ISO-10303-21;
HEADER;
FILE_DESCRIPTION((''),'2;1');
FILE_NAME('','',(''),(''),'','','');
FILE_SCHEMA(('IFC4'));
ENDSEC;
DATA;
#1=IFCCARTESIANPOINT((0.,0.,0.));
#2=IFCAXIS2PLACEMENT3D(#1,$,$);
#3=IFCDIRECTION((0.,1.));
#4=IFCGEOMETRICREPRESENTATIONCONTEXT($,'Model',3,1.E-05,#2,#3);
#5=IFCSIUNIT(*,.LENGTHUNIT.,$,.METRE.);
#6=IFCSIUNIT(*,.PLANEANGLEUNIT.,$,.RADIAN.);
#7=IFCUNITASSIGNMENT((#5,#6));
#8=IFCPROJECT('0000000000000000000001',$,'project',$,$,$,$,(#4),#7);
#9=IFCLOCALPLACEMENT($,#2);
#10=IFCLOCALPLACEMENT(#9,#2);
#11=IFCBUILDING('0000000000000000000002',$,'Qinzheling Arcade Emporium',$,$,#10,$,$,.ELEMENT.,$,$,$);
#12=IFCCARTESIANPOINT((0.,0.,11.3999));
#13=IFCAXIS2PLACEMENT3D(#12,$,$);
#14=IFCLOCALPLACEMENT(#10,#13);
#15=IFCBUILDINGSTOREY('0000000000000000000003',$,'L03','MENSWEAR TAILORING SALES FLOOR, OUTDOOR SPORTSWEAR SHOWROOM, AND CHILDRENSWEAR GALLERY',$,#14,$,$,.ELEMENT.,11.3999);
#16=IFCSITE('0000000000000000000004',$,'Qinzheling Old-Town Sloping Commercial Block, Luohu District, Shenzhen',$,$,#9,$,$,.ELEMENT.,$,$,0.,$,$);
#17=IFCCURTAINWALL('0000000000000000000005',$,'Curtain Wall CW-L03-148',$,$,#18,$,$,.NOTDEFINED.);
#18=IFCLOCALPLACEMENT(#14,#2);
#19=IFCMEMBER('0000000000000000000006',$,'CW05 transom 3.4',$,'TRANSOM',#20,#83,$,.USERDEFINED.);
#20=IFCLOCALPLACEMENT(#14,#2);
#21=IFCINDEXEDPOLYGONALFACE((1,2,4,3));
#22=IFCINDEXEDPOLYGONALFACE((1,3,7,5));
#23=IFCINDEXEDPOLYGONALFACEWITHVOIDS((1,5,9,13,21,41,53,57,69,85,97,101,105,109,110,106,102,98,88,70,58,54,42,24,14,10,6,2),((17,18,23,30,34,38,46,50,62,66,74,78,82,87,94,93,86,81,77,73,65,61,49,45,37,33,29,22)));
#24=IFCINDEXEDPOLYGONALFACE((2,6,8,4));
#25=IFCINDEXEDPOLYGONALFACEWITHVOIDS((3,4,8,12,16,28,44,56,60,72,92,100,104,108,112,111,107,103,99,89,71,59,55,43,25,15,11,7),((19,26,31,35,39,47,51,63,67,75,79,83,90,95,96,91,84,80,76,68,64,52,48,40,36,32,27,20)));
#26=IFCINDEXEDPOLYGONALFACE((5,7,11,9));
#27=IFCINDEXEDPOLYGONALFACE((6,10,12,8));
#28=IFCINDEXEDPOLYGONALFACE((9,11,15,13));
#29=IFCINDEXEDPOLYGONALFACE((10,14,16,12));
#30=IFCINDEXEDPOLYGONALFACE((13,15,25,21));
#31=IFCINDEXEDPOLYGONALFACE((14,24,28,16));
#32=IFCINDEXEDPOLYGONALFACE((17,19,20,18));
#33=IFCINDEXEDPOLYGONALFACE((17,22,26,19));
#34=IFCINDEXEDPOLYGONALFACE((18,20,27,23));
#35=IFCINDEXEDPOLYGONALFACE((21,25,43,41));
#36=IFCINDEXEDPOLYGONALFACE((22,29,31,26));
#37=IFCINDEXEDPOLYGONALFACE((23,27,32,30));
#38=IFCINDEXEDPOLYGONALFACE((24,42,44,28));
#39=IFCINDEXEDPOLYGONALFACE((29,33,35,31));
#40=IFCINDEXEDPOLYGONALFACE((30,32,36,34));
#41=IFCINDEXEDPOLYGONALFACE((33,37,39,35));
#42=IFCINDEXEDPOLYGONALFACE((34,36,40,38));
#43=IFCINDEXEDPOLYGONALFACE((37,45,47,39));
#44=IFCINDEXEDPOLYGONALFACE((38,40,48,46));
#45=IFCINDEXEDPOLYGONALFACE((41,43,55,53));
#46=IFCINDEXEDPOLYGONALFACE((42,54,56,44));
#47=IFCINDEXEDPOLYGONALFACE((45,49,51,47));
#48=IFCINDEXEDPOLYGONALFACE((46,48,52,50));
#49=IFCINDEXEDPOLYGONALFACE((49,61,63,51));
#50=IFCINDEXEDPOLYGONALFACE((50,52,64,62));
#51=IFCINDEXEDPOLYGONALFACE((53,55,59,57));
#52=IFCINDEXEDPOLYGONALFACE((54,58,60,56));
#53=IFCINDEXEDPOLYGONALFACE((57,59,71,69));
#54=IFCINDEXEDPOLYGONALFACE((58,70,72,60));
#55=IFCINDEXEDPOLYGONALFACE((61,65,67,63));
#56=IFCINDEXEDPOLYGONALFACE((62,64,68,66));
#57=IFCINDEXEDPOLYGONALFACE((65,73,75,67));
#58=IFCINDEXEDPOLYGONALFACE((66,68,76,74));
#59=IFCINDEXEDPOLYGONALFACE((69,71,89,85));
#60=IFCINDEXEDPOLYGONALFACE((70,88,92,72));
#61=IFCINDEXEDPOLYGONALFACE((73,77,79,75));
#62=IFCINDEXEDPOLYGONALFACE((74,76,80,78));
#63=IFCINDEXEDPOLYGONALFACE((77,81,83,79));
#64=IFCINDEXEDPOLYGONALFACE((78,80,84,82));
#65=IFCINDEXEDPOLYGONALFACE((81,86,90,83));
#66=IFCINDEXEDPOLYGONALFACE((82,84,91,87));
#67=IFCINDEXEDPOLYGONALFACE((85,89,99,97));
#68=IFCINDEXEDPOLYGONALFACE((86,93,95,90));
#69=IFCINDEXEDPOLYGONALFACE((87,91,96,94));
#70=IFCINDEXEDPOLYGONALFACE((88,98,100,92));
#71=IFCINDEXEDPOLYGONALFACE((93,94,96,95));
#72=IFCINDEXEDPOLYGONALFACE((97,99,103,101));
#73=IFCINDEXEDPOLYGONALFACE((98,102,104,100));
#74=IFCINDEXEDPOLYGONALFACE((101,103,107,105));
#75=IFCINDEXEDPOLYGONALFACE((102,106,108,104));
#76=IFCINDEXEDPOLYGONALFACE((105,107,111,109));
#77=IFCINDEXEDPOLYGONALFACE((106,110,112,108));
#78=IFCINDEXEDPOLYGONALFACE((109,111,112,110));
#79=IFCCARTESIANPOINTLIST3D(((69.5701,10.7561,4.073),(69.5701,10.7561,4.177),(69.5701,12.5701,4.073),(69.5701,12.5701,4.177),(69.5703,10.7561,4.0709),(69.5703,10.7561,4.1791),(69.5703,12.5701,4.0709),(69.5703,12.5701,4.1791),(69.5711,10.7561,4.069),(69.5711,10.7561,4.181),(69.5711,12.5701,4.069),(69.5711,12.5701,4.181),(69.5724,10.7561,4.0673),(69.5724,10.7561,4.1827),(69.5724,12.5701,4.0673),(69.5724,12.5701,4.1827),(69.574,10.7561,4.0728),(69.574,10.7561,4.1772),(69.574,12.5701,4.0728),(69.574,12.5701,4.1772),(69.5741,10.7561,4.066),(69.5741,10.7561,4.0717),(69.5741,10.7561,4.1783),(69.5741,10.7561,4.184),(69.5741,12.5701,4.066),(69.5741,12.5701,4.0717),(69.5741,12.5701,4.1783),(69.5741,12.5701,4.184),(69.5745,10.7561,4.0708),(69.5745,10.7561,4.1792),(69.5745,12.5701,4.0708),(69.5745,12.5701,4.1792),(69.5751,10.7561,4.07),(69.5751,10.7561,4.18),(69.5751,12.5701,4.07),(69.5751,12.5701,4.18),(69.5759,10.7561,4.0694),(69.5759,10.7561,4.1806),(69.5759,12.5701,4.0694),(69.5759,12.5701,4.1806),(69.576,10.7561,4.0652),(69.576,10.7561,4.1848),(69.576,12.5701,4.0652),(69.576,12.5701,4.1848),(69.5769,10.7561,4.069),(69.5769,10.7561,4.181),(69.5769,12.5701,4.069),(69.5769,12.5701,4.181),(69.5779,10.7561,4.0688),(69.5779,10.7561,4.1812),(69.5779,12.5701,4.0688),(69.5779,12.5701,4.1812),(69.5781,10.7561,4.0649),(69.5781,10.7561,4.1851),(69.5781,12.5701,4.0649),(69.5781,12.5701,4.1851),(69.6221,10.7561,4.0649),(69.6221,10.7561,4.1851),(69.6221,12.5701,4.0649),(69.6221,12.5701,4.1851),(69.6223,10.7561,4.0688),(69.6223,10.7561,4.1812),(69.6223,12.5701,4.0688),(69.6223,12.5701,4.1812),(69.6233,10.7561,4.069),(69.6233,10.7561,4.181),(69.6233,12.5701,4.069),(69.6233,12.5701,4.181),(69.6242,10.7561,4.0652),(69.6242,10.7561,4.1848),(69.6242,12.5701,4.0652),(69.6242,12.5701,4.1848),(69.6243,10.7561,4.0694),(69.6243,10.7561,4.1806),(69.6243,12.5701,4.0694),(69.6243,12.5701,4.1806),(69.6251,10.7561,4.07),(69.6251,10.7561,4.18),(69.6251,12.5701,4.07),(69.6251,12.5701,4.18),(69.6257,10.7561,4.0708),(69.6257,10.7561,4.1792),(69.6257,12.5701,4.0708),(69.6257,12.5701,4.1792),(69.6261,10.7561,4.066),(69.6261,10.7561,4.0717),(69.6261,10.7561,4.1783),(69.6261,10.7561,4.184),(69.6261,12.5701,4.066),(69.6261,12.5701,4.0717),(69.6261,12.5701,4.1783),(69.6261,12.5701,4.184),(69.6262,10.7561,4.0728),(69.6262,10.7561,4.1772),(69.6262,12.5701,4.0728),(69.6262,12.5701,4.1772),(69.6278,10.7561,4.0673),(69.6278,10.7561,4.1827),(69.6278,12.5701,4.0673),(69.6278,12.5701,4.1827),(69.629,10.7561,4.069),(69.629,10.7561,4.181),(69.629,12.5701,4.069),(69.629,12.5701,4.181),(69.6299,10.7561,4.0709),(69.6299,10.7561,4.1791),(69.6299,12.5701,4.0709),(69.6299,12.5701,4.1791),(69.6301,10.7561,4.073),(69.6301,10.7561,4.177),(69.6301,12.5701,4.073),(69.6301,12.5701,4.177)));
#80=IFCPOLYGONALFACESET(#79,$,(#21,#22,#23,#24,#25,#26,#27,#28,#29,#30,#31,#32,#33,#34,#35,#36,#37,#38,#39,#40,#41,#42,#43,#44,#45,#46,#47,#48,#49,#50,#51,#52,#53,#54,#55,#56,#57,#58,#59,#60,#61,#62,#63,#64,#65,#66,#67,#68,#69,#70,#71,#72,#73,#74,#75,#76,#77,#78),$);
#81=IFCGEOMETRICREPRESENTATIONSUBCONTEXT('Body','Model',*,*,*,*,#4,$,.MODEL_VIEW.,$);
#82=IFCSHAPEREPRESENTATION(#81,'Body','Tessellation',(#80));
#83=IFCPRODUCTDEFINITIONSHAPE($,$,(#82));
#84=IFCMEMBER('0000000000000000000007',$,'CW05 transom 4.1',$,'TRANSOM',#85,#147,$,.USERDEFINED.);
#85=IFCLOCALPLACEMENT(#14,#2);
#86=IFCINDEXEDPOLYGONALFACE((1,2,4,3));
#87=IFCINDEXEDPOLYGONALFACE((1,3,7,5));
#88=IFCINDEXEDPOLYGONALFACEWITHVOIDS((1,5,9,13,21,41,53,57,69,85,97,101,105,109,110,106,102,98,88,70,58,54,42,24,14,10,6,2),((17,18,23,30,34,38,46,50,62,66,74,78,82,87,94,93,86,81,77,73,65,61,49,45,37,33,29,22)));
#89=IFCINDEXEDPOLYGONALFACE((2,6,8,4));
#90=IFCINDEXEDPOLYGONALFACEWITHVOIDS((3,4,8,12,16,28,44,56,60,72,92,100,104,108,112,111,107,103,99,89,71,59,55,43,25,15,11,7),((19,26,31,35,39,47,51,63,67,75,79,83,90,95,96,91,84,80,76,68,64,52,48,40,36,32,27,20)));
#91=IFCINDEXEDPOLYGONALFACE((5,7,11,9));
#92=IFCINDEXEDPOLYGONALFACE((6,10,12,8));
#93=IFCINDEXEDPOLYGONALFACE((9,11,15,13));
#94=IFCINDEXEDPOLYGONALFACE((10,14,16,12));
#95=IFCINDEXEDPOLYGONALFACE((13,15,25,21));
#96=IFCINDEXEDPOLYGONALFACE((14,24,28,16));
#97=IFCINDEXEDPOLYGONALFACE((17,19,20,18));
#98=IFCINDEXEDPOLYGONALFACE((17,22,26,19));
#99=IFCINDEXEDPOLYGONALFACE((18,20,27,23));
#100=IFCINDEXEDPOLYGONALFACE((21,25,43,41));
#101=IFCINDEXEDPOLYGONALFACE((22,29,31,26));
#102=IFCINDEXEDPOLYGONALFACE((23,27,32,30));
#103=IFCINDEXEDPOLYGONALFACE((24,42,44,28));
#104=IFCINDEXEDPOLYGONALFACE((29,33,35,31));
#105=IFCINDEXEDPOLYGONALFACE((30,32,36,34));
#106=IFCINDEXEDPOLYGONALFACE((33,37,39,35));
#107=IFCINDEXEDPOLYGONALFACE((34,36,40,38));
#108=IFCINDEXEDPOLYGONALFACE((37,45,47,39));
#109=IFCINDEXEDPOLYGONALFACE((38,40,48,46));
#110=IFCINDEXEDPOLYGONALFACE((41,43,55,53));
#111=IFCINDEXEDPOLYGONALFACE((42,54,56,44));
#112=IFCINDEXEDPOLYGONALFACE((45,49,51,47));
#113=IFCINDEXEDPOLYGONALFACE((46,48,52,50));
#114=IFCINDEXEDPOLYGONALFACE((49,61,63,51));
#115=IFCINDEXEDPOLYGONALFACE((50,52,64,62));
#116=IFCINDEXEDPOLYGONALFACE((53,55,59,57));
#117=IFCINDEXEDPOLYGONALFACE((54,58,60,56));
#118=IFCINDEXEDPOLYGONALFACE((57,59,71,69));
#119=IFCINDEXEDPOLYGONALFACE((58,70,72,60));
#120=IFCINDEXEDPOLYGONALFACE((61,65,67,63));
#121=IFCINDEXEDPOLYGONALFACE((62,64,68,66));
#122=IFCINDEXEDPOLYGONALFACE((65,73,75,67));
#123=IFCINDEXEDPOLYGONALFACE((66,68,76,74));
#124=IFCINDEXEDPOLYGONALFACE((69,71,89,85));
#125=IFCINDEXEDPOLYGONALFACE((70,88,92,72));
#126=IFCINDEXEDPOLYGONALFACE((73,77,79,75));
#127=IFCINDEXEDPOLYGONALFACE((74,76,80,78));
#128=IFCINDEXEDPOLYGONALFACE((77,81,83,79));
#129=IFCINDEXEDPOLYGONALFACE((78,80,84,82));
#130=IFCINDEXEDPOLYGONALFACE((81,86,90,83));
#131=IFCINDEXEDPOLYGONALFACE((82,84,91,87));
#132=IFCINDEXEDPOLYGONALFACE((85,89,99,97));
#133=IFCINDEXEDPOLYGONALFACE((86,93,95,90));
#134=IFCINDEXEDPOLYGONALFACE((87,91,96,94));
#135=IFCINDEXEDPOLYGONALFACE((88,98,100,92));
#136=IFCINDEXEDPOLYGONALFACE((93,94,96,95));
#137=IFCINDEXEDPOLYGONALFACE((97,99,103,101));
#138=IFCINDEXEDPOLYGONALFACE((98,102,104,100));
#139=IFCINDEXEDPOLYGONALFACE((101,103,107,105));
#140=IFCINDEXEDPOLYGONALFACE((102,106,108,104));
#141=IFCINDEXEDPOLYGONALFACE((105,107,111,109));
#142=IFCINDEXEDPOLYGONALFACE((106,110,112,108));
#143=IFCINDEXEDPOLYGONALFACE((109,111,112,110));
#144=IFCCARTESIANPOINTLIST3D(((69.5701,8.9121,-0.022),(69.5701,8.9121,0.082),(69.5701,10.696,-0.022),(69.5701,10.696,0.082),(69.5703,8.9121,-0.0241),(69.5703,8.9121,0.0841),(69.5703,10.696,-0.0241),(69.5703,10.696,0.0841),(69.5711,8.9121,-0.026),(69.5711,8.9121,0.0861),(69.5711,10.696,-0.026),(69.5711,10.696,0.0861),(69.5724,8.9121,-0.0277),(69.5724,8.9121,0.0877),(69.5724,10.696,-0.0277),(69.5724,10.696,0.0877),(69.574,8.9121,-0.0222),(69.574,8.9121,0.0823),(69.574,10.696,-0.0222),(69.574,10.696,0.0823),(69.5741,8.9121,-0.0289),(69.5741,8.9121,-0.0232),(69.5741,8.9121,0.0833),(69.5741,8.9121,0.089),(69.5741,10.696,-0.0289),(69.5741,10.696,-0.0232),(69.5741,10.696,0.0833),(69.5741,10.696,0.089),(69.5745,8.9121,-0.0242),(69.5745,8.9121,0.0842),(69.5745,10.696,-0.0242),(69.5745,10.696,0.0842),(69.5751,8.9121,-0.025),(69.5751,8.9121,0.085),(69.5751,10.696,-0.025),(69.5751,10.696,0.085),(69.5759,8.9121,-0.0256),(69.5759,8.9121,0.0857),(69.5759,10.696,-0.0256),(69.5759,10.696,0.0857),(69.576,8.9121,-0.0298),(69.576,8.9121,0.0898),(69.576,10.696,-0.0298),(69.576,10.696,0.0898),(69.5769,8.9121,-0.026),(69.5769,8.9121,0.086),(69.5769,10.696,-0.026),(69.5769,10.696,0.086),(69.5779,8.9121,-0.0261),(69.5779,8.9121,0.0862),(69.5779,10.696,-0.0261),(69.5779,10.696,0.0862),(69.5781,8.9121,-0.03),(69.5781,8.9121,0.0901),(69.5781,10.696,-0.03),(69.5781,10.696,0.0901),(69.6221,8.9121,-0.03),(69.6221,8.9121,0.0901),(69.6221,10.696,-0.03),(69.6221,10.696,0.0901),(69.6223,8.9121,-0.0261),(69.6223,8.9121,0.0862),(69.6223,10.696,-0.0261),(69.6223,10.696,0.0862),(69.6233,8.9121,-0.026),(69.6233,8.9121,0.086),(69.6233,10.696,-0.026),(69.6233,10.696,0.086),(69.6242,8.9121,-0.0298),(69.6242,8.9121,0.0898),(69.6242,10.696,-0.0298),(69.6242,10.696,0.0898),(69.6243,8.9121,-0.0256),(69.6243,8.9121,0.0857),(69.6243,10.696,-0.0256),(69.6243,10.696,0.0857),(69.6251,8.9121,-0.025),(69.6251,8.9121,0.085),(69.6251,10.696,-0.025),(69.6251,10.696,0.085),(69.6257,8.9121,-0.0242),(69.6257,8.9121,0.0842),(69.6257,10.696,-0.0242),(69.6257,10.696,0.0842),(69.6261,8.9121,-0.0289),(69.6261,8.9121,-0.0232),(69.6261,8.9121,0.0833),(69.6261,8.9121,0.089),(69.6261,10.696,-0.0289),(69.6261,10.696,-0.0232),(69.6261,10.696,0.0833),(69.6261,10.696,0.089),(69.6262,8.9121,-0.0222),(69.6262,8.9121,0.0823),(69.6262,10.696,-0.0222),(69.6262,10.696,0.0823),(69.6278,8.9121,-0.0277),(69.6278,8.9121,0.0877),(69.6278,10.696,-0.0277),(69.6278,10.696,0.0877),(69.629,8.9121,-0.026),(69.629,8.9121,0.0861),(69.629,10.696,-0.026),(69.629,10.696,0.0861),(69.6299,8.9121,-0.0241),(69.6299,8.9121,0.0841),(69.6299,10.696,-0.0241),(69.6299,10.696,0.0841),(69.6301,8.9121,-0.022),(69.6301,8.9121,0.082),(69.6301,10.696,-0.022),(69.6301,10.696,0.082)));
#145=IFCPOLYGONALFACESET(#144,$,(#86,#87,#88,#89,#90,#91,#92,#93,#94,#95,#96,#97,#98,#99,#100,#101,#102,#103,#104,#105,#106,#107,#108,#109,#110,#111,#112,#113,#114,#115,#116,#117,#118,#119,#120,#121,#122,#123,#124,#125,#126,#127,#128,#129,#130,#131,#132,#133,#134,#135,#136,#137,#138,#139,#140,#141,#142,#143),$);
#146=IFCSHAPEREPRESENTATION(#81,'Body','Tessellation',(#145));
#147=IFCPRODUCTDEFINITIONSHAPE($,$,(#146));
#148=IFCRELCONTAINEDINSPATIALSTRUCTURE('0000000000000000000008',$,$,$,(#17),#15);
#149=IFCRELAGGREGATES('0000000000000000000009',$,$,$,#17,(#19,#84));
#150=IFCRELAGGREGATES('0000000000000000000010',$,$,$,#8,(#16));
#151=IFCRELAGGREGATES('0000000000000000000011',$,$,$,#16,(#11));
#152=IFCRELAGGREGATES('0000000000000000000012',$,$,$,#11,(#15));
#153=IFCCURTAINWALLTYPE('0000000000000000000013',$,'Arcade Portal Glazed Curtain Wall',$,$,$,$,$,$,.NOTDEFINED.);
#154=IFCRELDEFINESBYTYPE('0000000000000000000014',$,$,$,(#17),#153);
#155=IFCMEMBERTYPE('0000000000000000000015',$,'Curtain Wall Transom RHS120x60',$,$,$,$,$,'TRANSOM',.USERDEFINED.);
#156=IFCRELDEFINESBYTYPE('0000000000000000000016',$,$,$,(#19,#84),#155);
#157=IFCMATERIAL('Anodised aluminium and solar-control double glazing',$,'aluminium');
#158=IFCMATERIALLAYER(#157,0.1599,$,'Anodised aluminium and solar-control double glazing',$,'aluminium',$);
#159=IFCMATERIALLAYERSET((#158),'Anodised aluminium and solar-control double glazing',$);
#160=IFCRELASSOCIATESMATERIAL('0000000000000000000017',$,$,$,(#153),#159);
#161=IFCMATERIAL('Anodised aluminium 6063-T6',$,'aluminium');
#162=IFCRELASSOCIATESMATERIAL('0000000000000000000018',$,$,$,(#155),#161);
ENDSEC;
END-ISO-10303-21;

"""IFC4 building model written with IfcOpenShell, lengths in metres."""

from ifc_helpers import new_model, si_unit, direction, frame, origin, origin_2d, place, context, subcontext, project, spatial, hollow_rectangle, extrude, material, layer, layer_set, material_profile, profile_set, type_object, element, aggregate, save


model = new_model("IFC4")

# Units and contexts
model_context = context("Model", 3, precision=1e-05, world=origin(), true_north=direction((0.0, 1.0)))
body_context = subcontext(model_context, "Body", "Model", "MODEL_VIEW")
ifc_project = project(units=[si_unit("LENGTHUNIT", "METRE"), si_unit("PLANEANGLEUNIT", "RADIAN")], contexts=[model_context])

# Site, building, storey
site_placement = place(None, origin())
site = spatial("IfcSite", under=ifc_project, at=site_placement, Name="Qinzheling Old-Town Sloping Commercial Block, Luohu District, Shenzhen", CompositionType="ELEMENT", RefElevation=0.0)
building_placement = place(site_placement, origin())
building = spatial("IfcBuilding", under=site, at=building_placement, Name="Qinzheling Arcade Emporium", CompositionType="ELEMENT")
storey_placement = place(building_placement, frame((0.0, 0.0, 11.3999)))
storey = spatial("IfcBuildingStorey", under=building, at=storey_placement, Name="L03", Description="MENSWEAR TAILORING SALES FLOOR, OUTDOOR SPORTSWEAR SHOWROOM, AND CHILDRENSWEAR GALLERY", CompositionType="ELEMENT", Elevation=11.3999)

# Curtain wall
ifc_material_1 = material(Name="Anodised aluminium and solar-control double glazing", Category="aluminium")
ifc_layer_1 = layer(ifc_material_1, 0.1599, Name="Anodised aluminium and solar-control double glazing", Category="aluminium")
ifc_layer_set_1 = layer_set([ifc_layer_1], Name="Anodised aluminium and solar-control double glazing")
curtain_wall_type = type_object("IfcCurtainWallType", Name="Arcade Portal Glazed Curtain Wall", PredefinedType="NOTDEFINED", material=ifc_layer_set_1)
curtain_wall_1_placement = place(storey_placement, origin())
curtain_wall_1 = element("IfcCurtainWall", 1, at=curtain_wall_1_placement, inside=storey, type_object=curtain_wall_type, Name="Curtain Wall CW-L03-148", PredefinedType="NOTDEFINED")
ifc_material_2 = material(Name="Anodised aluminium 6063-T6", Category="aluminium")

# Members
ifc_material_profile_1 = material_profile(ifc_material_2, hollow_rectangle(XDim=0.0601, YDim=0.1201, WallThickness=0.0039, InnerFilletRadius=0.0039, OuterFilletRadius=0.0081, at=origin_2d()), Name="RHS 120x60x4", Category="aluminium")
ifc_profile_set_1 = profile_set([ifc_material_profile_1], Name="Anodised aluminium 6063-T6")
member_type_1 = type_object("IfcMemberType", Name="Curtain Wall Transom RHS120x60", ElementType="TRANSOM", PredefinedType="USERDEFINED", material=ifc_profile_set_1)
member_1_placement = place(storey_placement, frame((69.6001, 12.5701, 4.125), z_axis=(0.0, -1.0, 0.0), x_axis=(1.0, 0.0, 0.0)))
member_1 = element("IfcMember", 2, at=member_1_placement, type_object=member_type_1, Name="CW05 transom 3.4", ObjectType="TRANSOM", PredefinedType="USERDEFINED", context=body_context, shape_type="SweptSolid", body=[
    extrude(hollow_rectangle(XDim=0.0601, YDim=0.1201, WallThickness=0.0039, InnerFilletRadius=0.0039, OuterFilletRadius=0.0081, at=origin_2d()), origin(), (0.0, 0.0, 1.0), 1.814),
])
member_2_placement = place(storey_placement, frame((69.6001, 10.696, 0.03), z_axis=(0.0, -1.0, 0.0), x_axis=(1.0, 0.0, 0.0)))
member_2 = element("IfcMember", 3, at=member_2_placement, type_object=member_type_1, Name="CW05 transom 4.1", ObjectType="TRANSOM", PredefinedType="USERDEFINED", context=body_context, shape_type="SweptSolid", body=[
    extrude(hollow_rectangle(XDim=0.0601, YDim=0.1201, WallThickness=0.0039, InnerFilletRadius=0.0039, OuterFilletRadius=0.0081, at=origin_2d()), origin(), (0.0, 0.0, 1.0), 1.7839),
])

aggregate(curtain_wall_1, [member_1, member_2])

save(model, "model.ifc")
